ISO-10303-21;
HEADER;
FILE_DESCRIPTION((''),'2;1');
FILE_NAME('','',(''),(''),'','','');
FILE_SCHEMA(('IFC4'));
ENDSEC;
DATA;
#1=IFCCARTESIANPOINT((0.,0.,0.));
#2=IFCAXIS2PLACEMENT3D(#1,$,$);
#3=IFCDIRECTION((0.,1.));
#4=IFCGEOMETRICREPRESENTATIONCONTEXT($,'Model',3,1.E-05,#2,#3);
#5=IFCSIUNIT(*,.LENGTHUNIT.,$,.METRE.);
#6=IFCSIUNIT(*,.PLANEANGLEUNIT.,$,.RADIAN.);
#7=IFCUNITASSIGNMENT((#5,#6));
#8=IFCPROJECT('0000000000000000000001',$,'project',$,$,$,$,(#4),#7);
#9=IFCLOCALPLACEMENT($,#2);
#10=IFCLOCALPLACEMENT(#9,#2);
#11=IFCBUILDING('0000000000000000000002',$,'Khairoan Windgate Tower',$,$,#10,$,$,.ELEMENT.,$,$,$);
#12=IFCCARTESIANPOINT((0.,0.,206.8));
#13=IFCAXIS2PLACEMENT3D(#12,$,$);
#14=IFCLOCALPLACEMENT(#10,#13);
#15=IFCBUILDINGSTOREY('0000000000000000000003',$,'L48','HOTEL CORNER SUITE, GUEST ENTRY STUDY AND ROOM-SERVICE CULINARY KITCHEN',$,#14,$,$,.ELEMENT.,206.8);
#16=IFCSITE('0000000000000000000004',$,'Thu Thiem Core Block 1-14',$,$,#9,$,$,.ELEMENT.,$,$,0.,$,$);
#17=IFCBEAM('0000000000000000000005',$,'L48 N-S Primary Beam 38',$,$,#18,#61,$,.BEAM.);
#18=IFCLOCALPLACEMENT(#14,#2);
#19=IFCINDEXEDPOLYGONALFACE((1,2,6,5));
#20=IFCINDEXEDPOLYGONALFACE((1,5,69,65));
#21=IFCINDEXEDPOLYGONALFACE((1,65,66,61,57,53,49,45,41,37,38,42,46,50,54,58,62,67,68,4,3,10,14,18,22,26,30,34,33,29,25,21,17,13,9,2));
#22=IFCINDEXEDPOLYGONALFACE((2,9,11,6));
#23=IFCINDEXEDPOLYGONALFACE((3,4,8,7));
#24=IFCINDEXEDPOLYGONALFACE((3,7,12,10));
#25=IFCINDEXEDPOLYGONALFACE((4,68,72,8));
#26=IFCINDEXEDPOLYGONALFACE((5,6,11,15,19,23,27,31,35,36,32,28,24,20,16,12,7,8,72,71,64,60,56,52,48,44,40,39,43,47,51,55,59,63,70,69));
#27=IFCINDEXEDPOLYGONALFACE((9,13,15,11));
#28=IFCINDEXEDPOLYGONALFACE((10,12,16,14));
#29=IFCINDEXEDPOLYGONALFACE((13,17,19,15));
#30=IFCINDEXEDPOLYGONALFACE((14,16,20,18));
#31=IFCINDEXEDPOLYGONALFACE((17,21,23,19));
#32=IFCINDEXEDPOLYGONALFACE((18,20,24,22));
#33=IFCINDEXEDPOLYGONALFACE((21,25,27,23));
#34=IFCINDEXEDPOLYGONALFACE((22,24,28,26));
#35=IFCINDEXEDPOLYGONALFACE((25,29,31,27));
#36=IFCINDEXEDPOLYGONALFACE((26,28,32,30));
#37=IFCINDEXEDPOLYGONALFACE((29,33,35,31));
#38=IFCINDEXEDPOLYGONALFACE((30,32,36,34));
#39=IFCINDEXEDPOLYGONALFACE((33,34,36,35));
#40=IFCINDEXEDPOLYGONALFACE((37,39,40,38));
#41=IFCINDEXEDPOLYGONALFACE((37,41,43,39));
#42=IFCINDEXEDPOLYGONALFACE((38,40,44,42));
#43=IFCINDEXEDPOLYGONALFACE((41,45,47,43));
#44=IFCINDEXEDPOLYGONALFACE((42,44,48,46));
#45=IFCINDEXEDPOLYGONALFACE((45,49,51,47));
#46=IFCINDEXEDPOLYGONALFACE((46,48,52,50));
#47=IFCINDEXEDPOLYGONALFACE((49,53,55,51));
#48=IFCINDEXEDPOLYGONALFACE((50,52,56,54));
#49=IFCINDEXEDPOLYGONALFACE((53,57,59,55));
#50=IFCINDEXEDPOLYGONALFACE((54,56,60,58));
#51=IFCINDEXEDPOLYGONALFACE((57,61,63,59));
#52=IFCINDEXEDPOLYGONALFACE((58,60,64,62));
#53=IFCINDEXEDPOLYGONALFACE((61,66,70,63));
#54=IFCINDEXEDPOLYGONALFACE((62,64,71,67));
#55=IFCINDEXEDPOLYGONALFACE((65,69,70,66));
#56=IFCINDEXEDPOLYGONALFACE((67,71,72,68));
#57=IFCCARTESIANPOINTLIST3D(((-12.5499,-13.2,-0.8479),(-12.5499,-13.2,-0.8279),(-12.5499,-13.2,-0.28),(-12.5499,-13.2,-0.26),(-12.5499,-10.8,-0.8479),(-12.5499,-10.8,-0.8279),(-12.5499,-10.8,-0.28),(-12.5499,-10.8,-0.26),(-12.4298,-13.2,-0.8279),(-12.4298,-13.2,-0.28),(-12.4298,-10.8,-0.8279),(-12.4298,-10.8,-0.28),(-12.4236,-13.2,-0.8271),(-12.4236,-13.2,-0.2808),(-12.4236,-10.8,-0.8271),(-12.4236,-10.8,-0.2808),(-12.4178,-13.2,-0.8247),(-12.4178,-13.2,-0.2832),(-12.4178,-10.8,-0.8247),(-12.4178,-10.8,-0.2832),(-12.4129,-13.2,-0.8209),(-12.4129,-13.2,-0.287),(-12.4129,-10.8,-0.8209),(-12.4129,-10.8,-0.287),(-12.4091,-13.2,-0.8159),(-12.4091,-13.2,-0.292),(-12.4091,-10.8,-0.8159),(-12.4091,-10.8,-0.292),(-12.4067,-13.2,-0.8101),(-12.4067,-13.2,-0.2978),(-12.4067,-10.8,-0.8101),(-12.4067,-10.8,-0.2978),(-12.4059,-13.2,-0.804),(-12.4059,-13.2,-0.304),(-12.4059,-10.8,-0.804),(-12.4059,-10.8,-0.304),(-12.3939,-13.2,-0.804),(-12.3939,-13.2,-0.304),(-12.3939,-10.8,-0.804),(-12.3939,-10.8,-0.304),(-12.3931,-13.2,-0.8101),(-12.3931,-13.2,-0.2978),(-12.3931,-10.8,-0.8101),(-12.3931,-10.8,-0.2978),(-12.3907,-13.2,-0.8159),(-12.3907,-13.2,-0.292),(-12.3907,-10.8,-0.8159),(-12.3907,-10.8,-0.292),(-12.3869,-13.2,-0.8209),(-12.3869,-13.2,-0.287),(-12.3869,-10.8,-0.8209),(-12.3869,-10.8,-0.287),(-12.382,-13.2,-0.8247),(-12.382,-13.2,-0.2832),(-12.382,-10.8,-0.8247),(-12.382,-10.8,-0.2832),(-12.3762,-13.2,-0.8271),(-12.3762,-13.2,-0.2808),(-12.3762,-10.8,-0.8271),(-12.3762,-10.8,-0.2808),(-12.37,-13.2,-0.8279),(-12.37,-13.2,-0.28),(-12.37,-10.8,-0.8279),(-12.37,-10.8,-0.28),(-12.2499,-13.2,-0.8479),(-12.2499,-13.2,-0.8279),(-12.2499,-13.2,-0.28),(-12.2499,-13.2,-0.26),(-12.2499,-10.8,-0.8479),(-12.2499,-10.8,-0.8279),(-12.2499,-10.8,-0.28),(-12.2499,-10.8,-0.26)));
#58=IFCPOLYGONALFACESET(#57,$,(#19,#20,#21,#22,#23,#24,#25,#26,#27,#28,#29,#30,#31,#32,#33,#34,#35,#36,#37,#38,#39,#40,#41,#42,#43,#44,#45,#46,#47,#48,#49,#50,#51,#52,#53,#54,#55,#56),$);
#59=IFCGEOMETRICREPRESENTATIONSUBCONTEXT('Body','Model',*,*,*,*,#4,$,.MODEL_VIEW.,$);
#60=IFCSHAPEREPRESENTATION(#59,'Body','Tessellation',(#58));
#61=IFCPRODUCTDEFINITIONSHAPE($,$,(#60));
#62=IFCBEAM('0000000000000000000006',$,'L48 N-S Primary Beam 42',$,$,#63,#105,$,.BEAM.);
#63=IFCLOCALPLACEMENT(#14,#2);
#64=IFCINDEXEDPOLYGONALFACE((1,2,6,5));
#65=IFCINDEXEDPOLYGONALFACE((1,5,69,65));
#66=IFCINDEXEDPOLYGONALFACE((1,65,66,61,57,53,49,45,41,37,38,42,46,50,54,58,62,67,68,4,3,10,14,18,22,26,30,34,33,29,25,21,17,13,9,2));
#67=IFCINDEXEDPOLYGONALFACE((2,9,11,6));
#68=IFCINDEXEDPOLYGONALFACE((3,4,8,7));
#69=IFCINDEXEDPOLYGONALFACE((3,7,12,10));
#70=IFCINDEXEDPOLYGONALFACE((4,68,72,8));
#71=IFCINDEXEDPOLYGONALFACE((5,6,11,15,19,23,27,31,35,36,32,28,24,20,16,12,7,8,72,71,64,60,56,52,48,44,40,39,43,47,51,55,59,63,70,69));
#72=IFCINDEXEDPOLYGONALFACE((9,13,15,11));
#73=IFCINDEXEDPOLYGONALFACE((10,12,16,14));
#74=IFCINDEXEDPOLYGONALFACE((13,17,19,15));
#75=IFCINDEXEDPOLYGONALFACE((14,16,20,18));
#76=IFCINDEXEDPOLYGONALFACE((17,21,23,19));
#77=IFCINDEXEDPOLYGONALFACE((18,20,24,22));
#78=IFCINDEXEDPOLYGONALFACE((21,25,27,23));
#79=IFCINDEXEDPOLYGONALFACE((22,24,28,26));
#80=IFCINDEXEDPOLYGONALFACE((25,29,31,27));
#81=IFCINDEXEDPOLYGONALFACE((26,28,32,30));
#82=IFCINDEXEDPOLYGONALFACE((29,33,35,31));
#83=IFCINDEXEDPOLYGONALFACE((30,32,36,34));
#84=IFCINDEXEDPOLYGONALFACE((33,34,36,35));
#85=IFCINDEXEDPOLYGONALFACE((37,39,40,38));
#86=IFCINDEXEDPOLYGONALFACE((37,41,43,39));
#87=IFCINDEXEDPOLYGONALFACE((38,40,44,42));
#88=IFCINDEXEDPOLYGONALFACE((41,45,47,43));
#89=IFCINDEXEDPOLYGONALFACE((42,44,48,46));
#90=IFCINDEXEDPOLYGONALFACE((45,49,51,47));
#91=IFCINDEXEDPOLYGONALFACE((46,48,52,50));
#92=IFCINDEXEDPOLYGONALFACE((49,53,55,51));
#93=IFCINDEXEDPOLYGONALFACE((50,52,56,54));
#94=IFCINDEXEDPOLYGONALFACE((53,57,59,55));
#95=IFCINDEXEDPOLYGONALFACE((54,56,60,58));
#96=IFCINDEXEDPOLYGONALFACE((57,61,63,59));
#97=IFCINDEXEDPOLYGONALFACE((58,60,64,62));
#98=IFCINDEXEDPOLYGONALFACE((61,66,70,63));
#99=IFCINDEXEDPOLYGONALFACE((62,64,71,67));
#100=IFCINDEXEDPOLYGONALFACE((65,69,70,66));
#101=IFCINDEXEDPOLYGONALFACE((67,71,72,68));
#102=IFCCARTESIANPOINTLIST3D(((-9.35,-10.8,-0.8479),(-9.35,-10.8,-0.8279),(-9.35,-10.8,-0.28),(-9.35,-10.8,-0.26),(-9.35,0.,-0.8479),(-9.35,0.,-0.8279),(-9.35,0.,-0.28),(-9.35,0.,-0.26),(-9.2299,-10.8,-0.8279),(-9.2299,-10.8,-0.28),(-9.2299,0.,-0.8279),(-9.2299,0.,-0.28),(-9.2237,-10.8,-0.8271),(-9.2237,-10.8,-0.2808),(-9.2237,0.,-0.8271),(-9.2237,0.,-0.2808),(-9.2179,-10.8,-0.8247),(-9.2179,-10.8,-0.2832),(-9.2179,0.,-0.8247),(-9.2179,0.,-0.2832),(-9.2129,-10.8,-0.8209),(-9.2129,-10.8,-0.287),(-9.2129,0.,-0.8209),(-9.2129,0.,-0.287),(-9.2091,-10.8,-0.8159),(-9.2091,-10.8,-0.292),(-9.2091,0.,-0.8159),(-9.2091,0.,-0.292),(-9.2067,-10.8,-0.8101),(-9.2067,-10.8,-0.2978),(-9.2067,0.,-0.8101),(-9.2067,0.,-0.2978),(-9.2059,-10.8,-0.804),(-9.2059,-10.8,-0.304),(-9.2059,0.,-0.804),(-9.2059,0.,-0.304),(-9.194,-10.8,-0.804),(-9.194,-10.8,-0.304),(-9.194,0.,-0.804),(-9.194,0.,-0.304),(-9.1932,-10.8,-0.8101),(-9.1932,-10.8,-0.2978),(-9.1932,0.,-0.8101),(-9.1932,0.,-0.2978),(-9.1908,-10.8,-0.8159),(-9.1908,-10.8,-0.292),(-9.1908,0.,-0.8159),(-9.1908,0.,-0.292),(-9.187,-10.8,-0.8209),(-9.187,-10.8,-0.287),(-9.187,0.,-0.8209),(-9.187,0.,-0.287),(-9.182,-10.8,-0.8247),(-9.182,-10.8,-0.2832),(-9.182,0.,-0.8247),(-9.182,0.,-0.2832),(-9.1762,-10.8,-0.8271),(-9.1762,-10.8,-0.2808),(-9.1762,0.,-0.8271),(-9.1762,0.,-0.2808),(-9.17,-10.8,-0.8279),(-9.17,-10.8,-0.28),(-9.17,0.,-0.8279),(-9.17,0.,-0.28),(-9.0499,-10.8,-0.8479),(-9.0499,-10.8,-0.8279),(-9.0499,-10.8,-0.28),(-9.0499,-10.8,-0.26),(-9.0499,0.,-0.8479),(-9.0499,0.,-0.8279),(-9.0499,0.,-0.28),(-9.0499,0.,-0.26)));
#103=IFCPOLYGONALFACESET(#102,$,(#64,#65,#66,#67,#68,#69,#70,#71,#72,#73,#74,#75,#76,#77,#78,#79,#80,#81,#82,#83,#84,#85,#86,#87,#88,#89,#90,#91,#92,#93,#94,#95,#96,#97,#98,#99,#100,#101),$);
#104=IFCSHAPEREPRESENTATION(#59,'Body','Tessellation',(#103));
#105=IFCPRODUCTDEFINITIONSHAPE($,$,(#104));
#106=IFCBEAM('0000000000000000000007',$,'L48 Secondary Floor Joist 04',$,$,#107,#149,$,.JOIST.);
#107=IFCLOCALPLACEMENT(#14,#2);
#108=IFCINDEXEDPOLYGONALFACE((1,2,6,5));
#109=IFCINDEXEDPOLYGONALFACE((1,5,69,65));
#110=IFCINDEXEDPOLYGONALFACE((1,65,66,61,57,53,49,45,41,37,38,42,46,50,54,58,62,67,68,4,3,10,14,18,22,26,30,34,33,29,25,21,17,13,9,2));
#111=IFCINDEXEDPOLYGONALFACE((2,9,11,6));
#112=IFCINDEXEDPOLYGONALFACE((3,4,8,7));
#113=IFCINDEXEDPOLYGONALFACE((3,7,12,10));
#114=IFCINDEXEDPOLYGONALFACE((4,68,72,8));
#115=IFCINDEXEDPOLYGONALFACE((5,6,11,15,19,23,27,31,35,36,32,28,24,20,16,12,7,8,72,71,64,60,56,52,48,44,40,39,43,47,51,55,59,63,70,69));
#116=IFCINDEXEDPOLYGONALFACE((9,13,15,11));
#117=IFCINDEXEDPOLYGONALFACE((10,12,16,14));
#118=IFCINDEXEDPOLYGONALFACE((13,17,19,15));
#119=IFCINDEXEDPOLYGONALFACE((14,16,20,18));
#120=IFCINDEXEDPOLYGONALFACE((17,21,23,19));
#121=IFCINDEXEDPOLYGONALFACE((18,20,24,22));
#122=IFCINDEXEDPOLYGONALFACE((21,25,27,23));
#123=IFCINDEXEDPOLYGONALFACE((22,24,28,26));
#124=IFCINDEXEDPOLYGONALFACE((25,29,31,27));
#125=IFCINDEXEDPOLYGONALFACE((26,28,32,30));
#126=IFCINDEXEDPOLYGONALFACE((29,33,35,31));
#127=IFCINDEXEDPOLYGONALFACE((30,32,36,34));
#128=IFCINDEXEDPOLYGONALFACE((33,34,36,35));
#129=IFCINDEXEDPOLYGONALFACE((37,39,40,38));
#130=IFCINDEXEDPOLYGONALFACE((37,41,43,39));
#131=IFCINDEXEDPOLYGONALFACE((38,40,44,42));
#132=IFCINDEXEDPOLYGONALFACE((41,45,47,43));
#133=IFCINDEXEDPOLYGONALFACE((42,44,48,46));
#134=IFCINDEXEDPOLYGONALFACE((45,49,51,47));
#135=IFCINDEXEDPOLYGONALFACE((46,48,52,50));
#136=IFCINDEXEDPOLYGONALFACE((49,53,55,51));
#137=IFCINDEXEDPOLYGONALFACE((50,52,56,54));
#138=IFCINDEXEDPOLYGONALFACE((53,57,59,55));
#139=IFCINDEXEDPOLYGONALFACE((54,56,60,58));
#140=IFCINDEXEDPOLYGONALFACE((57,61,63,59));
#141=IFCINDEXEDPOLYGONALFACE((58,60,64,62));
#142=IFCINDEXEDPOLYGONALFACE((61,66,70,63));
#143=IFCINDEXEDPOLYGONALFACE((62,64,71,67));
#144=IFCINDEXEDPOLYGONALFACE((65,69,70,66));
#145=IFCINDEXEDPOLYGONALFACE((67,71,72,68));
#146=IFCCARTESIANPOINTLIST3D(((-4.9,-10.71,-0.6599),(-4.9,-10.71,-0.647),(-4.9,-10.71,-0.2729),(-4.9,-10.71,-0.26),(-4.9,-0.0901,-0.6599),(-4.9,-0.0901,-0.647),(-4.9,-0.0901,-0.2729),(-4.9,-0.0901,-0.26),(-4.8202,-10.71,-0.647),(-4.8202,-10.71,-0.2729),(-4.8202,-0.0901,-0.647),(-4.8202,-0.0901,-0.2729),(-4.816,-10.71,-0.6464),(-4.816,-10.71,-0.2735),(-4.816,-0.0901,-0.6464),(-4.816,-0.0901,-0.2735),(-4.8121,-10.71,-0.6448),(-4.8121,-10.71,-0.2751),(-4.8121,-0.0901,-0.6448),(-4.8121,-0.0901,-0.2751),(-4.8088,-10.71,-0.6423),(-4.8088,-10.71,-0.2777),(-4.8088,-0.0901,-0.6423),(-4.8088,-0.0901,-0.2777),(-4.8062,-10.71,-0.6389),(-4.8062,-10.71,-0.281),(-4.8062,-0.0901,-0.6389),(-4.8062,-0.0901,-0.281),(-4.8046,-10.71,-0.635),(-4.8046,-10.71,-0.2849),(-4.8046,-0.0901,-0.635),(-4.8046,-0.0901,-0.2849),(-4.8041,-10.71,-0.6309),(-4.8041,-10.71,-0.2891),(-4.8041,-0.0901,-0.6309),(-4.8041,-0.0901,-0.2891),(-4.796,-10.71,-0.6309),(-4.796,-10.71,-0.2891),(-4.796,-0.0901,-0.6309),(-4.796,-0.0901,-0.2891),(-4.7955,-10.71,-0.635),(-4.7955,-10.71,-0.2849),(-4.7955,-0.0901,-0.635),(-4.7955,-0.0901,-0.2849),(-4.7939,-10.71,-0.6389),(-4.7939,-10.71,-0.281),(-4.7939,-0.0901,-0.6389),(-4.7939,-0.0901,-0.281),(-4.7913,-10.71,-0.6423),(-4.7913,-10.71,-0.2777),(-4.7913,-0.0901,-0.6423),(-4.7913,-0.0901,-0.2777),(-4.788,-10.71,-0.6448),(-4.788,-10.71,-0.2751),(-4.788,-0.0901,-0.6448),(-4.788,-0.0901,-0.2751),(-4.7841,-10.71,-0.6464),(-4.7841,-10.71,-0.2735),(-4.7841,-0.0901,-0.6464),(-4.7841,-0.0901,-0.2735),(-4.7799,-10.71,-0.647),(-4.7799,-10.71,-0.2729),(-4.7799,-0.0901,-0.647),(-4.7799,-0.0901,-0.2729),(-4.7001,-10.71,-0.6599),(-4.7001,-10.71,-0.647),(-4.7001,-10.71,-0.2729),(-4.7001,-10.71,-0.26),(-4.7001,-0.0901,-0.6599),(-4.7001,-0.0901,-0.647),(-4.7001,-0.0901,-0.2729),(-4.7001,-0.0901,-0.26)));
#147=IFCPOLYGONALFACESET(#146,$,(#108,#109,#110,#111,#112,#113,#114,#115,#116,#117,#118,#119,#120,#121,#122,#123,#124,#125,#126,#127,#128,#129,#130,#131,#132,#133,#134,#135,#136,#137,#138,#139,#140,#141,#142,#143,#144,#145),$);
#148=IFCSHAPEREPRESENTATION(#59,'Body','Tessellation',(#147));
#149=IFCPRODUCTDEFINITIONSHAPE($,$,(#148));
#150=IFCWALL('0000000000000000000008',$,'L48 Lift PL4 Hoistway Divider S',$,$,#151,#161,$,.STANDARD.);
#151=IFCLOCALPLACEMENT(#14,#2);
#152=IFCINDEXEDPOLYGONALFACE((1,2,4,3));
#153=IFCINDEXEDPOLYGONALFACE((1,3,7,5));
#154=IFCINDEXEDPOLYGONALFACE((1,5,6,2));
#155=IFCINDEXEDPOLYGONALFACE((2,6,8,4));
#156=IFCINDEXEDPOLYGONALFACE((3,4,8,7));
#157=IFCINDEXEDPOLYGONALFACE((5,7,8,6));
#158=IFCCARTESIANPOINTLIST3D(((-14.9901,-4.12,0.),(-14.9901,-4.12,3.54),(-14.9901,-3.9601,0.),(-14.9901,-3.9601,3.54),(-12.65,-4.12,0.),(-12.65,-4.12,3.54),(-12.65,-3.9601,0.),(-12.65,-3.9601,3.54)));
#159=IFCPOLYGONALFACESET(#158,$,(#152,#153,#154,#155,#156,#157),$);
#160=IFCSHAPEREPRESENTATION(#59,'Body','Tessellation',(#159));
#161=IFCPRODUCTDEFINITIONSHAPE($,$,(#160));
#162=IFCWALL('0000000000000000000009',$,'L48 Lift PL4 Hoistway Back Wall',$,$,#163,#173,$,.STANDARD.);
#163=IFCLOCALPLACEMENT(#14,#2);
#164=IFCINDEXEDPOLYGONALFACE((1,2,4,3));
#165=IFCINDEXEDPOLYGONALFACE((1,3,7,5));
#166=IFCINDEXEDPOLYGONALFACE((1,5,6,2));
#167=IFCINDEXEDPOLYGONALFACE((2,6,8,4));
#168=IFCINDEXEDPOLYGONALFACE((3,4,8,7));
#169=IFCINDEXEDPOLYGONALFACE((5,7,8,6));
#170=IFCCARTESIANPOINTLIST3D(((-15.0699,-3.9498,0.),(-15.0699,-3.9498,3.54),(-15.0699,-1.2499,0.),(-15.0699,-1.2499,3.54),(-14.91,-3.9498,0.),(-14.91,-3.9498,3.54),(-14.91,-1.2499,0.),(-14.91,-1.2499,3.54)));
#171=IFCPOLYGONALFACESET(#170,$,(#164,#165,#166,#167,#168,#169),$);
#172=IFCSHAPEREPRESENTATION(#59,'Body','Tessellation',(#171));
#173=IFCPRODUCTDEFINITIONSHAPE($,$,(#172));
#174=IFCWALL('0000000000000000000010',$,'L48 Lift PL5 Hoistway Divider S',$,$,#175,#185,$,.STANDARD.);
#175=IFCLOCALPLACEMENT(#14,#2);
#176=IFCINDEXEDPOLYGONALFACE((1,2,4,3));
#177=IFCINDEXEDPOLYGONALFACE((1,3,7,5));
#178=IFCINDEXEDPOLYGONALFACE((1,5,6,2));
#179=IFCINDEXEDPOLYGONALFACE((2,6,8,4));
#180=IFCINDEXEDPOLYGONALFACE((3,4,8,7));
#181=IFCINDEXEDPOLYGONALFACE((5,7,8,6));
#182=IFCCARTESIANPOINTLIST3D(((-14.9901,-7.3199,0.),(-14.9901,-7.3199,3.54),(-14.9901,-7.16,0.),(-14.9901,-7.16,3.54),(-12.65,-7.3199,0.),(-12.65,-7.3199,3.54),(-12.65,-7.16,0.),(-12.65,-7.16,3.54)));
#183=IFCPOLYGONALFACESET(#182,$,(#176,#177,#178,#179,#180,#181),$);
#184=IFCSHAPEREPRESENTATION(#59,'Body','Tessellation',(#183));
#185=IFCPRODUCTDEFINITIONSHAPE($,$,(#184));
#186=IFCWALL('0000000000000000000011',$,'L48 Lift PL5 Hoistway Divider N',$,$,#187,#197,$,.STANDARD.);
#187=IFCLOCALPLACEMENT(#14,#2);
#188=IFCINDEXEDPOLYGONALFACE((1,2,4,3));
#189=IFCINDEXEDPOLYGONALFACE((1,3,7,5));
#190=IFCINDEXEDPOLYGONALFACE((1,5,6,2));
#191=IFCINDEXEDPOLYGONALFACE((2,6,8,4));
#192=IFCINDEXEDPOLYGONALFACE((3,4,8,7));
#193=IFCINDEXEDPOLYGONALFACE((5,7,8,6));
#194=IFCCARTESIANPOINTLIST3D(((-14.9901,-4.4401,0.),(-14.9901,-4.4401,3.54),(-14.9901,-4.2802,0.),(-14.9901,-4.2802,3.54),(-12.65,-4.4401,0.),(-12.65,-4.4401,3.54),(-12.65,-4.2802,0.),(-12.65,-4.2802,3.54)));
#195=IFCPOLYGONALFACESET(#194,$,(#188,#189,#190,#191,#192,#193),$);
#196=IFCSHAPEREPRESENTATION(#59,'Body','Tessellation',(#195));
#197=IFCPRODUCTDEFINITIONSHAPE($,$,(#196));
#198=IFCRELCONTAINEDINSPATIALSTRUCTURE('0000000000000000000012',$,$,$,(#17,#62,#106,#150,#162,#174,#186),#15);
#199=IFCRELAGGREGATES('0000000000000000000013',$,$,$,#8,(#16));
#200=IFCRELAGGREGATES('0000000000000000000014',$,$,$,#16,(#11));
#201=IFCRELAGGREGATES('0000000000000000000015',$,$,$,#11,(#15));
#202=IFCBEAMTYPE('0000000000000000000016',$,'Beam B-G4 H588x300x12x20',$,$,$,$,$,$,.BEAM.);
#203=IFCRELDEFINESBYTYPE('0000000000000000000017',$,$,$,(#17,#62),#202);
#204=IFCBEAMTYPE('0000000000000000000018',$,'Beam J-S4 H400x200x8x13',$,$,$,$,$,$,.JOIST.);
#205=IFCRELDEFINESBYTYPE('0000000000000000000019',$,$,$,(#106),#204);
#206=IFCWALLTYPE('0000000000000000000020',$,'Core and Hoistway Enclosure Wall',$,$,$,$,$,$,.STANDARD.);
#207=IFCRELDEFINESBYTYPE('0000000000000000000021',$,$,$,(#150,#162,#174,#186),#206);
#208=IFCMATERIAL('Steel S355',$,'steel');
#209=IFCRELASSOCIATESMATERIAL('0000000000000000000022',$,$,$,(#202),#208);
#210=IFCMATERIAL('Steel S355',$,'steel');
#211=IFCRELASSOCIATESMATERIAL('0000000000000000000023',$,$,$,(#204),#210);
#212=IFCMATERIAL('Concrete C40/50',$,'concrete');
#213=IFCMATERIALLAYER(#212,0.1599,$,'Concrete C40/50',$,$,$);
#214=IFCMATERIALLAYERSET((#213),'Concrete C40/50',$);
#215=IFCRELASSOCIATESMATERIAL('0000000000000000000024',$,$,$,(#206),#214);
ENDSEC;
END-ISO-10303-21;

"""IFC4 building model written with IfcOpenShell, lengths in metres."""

from ifc_helpers import new_model, si_unit, direction, frame, frame_2d, origin, origin_2d, place, context, subcontext, project, spatial, rectangle, i_section, extrude, material, layer, layer_set, material_profile, profile_set, type_object, element, save


model = new_model("IFC4")

# Units and contexts
model_context = context("Model", 3, precision=1e-05, world=origin(), true_north=direction((0.0, 1.0)))
body_context = subcontext(model_context, "Body", "Model", "MODEL_VIEW")
ifc_project = project(units=[si_unit("LENGTHUNIT", "METRE"), si_unit("PLANEANGLEUNIT", "RADIAN")], contexts=[model_context])

# Site, building, storey
site_placement = place(None, origin())
site = spatial("IfcSite", under=ifc_project, at=site_placement, Name="Thu Thiem Core Block 1-14", CompositionType="ELEMENT", RefElevation=0.0)
building_placement = place(site_placement, origin())
building = spatial("IfcBuilding", under=site, at=building_placement, Name="Khairoan Windgate Tower", CompositionType="ELEMENT")
storey_placement = place(building_placement, frame((0.0, 0.0, 206.8)))
storey = spatial("IfcBuildingStorey", under=building, at=storey_placement, Name="L48", Description="HOTEL CORNER SUITE, GUEST ENTRY STUDY AND ROOM-SERVICE CULINARY KITCHEN", CompositionType="ELEMENT", Elevation=206.8)

# Beams
ifc_material_1 = material(Name="Steel S355", Category="steel")
ifc_material_profile_1 = material_profile(ifc_material_1, i_section(OverallWidth=0.3, OverallDepth=0.5879, WebThickness=0.012, FlangeThickness=0.02, FilletRadius=0.0239, at=origin_2d()))
ifc_profile_set_1 = profile_set([ifc_material_profile_1], Name="Steel S355")
beam_type_1 = type_object("IfcBeamType", Name="Beam B-G4 H588x300x12x20", PredefinedType="BEAM", material=ifc_profile_set_1)
beam_1_placement = place(storey_placement, frame((-12.3999, -13.2, -0.554), z_axis=(0.0, 1.0, 0.0), x_axis=(-1.0, 0.0, 0.0)))
element("IfcBeam", 1, at=beam_1_placement, inside=storey, type_object=beam_type_1, Name="L48 N-S Primary Beam 38", PredefinedType="BEAM", context=body_context, shape_type="SweptSolid", body=[
    extrude(i_section(OverallWidth=0.3, OverallDepth=0.5879, WebThickness=0.012, FlangeThickness=0.02, FilletRadius=0.0239, at=origin_2d()), origin(), (0.0, 0.0, 1.0), 2.3999),
])
beam_2_placement = place(storey_placement, frame((-9.2, -10.8, -0.554), z_axis=(0.0, 1.0, 0.0), x_axis=(-1.0, 0.0, 0.0)))
element("IfcBeam", 2, at=beam_2_placement, inside=storey, type_object=beam_type_1, Name="L48 N-S Primary Beam 42", PredefinedType="BEAM", context=body_context, shape_type="SweptSolid", body=[
    extrude(i_section(OverallWidth=0.3, OverallDepth=0.5879, WebThickness=0.012, FlangeThickness=0.02, FilletRadius=0.0239, at=origin_2d()), origin(), (0.0, 0.0, 1.0), 10.8),
])
ifc_material_2 = material(Name="Steel S355", Category="steel")
ifc_material_profile_2 = material_profile(ifc_material_2, i_section(OverallWidth=0.2, OverallDepth=0.3999, WebThickness=0.0081, FlangeThickness=0.0129, FilletRadius=0.0161, at=origin_2d()))
ifc_profile_set_2 = profile_set([ifc_material_profile_2], Name="Steel S355")
beam_type_2 = type_object("IfcBeamType", Name="Beam J-S4 H400x200x8x13", PredefinedType="JOIST", material=ifc_profile_set_2)
beam_3_placement = place(storey_placement, frame((-4.8, -10.71, -0.46), z_axis=(0.0, 1.0, 0.0), x_axis=(-1.0, 0.0, 0.0)))
element("IfcBeam", 3, at=beam_3_placement, inside=storey, type_object=beam_type_2, Name="L48 Secondary Floor Joist 04", PredefinedType="JOIST", context=body_context, shape_type="SweptSolid", body=[
    extrude(i_section(OverallWidth=0.2, OverallDepth=0.3999, WebThickness=0.0081, FlangeThickness=0.0129, FilletRadius=0.0161, at=origin_2d()), origin(), (0.0, 0.0, 1.0), 10.6199),
])

# Walls
ifc_material_3 = material(Name="Concrete C40/50", Category="concrete")
ifc_layer_1 = layer(ifc_material_3, 0.1599, Name="Concrete C40/50")
ifc_layer_set_1 = layer_set([ifc_layer_1], Name="Concrete C40/50")
wall_type_1 = type_object("IfcWallType", Name="Core and Hoistway Enclosure Wall", PredefinedType="STANDARD", material=ifc_layer_set_1)
wall_1_placement = place(storey_placement, frame((-14.99, -4.04, 0.0), z_axis=(0.0, 0.0, 1.0), x_axis=(1.0, 0.0, 0.0)))
element("IfcWall", 4, at=wall_1_placement, inside=storey, type_object=wall_type_1, Name="L48 Lift PL4 Hoistway Divider S", PredefinedType="STANDARD", context=body_context, shape_type="SweptSolid", body=[
    extrude(rectangle(XDim=2.3401, YDim=0.1599, at=frame_2d((1.1699, 0.0))), origin(), (0.0, 0.0, 1.0), 3.54),
])
wall_2_placement = place(storey_placement, frame((-14.99, -3.95, 0.0), z_axis=(0.0, 0.0, 1.0), x_axis=(0.0, 1.0, 0.0)))
element("IfcWall", 5, at=wall_2_placement, inside=storey, type_object=wall_type_1, Name="L48 Lift PL4 Hoistway Back Wall", PredefinedType="STANDARD", context=body_context, shape_type="SweptSolid", body=[
    extrude(rectangle(XDim=2.7, YDim=0.1599, at=frame_2d((1.3501, 0.0))), origin(), (0.0, 0.0, 1.0), 3.54),
])
for number, where, z_axis, x_axis, name in (
    (6, (-14.99, -7.24, 0.0), (0.0, 0.0, 1.0), (1.0, 0.0, 0.0), "L48 Lift PL5 Hoistway Divider S"),
    (7, (-14.99, -4.3601, 0.0), (0.0, 0.0, 1.0), (1.0, 0.0, 0.0), "L48 Lift PL5 Hoistway Divider N"),
):
    element("IfcWall", number, at=place(storey_placement, frame(where, z_axis=z_axis, x_axis=x_axis)), inside=storey, type_object=wall_type_1, Name=name, PredefinedType="STANDARD", context=body_context, shape_type="SweptSolid", body=[
        extrude(rectangle(XDim=2.3401, YDim=0.1599, at=frame_2d((1.1699, 0.0))), origin(), (0.0, 0.0, 1.0), 3.54),
    ])

save(model, "model.ifc")
